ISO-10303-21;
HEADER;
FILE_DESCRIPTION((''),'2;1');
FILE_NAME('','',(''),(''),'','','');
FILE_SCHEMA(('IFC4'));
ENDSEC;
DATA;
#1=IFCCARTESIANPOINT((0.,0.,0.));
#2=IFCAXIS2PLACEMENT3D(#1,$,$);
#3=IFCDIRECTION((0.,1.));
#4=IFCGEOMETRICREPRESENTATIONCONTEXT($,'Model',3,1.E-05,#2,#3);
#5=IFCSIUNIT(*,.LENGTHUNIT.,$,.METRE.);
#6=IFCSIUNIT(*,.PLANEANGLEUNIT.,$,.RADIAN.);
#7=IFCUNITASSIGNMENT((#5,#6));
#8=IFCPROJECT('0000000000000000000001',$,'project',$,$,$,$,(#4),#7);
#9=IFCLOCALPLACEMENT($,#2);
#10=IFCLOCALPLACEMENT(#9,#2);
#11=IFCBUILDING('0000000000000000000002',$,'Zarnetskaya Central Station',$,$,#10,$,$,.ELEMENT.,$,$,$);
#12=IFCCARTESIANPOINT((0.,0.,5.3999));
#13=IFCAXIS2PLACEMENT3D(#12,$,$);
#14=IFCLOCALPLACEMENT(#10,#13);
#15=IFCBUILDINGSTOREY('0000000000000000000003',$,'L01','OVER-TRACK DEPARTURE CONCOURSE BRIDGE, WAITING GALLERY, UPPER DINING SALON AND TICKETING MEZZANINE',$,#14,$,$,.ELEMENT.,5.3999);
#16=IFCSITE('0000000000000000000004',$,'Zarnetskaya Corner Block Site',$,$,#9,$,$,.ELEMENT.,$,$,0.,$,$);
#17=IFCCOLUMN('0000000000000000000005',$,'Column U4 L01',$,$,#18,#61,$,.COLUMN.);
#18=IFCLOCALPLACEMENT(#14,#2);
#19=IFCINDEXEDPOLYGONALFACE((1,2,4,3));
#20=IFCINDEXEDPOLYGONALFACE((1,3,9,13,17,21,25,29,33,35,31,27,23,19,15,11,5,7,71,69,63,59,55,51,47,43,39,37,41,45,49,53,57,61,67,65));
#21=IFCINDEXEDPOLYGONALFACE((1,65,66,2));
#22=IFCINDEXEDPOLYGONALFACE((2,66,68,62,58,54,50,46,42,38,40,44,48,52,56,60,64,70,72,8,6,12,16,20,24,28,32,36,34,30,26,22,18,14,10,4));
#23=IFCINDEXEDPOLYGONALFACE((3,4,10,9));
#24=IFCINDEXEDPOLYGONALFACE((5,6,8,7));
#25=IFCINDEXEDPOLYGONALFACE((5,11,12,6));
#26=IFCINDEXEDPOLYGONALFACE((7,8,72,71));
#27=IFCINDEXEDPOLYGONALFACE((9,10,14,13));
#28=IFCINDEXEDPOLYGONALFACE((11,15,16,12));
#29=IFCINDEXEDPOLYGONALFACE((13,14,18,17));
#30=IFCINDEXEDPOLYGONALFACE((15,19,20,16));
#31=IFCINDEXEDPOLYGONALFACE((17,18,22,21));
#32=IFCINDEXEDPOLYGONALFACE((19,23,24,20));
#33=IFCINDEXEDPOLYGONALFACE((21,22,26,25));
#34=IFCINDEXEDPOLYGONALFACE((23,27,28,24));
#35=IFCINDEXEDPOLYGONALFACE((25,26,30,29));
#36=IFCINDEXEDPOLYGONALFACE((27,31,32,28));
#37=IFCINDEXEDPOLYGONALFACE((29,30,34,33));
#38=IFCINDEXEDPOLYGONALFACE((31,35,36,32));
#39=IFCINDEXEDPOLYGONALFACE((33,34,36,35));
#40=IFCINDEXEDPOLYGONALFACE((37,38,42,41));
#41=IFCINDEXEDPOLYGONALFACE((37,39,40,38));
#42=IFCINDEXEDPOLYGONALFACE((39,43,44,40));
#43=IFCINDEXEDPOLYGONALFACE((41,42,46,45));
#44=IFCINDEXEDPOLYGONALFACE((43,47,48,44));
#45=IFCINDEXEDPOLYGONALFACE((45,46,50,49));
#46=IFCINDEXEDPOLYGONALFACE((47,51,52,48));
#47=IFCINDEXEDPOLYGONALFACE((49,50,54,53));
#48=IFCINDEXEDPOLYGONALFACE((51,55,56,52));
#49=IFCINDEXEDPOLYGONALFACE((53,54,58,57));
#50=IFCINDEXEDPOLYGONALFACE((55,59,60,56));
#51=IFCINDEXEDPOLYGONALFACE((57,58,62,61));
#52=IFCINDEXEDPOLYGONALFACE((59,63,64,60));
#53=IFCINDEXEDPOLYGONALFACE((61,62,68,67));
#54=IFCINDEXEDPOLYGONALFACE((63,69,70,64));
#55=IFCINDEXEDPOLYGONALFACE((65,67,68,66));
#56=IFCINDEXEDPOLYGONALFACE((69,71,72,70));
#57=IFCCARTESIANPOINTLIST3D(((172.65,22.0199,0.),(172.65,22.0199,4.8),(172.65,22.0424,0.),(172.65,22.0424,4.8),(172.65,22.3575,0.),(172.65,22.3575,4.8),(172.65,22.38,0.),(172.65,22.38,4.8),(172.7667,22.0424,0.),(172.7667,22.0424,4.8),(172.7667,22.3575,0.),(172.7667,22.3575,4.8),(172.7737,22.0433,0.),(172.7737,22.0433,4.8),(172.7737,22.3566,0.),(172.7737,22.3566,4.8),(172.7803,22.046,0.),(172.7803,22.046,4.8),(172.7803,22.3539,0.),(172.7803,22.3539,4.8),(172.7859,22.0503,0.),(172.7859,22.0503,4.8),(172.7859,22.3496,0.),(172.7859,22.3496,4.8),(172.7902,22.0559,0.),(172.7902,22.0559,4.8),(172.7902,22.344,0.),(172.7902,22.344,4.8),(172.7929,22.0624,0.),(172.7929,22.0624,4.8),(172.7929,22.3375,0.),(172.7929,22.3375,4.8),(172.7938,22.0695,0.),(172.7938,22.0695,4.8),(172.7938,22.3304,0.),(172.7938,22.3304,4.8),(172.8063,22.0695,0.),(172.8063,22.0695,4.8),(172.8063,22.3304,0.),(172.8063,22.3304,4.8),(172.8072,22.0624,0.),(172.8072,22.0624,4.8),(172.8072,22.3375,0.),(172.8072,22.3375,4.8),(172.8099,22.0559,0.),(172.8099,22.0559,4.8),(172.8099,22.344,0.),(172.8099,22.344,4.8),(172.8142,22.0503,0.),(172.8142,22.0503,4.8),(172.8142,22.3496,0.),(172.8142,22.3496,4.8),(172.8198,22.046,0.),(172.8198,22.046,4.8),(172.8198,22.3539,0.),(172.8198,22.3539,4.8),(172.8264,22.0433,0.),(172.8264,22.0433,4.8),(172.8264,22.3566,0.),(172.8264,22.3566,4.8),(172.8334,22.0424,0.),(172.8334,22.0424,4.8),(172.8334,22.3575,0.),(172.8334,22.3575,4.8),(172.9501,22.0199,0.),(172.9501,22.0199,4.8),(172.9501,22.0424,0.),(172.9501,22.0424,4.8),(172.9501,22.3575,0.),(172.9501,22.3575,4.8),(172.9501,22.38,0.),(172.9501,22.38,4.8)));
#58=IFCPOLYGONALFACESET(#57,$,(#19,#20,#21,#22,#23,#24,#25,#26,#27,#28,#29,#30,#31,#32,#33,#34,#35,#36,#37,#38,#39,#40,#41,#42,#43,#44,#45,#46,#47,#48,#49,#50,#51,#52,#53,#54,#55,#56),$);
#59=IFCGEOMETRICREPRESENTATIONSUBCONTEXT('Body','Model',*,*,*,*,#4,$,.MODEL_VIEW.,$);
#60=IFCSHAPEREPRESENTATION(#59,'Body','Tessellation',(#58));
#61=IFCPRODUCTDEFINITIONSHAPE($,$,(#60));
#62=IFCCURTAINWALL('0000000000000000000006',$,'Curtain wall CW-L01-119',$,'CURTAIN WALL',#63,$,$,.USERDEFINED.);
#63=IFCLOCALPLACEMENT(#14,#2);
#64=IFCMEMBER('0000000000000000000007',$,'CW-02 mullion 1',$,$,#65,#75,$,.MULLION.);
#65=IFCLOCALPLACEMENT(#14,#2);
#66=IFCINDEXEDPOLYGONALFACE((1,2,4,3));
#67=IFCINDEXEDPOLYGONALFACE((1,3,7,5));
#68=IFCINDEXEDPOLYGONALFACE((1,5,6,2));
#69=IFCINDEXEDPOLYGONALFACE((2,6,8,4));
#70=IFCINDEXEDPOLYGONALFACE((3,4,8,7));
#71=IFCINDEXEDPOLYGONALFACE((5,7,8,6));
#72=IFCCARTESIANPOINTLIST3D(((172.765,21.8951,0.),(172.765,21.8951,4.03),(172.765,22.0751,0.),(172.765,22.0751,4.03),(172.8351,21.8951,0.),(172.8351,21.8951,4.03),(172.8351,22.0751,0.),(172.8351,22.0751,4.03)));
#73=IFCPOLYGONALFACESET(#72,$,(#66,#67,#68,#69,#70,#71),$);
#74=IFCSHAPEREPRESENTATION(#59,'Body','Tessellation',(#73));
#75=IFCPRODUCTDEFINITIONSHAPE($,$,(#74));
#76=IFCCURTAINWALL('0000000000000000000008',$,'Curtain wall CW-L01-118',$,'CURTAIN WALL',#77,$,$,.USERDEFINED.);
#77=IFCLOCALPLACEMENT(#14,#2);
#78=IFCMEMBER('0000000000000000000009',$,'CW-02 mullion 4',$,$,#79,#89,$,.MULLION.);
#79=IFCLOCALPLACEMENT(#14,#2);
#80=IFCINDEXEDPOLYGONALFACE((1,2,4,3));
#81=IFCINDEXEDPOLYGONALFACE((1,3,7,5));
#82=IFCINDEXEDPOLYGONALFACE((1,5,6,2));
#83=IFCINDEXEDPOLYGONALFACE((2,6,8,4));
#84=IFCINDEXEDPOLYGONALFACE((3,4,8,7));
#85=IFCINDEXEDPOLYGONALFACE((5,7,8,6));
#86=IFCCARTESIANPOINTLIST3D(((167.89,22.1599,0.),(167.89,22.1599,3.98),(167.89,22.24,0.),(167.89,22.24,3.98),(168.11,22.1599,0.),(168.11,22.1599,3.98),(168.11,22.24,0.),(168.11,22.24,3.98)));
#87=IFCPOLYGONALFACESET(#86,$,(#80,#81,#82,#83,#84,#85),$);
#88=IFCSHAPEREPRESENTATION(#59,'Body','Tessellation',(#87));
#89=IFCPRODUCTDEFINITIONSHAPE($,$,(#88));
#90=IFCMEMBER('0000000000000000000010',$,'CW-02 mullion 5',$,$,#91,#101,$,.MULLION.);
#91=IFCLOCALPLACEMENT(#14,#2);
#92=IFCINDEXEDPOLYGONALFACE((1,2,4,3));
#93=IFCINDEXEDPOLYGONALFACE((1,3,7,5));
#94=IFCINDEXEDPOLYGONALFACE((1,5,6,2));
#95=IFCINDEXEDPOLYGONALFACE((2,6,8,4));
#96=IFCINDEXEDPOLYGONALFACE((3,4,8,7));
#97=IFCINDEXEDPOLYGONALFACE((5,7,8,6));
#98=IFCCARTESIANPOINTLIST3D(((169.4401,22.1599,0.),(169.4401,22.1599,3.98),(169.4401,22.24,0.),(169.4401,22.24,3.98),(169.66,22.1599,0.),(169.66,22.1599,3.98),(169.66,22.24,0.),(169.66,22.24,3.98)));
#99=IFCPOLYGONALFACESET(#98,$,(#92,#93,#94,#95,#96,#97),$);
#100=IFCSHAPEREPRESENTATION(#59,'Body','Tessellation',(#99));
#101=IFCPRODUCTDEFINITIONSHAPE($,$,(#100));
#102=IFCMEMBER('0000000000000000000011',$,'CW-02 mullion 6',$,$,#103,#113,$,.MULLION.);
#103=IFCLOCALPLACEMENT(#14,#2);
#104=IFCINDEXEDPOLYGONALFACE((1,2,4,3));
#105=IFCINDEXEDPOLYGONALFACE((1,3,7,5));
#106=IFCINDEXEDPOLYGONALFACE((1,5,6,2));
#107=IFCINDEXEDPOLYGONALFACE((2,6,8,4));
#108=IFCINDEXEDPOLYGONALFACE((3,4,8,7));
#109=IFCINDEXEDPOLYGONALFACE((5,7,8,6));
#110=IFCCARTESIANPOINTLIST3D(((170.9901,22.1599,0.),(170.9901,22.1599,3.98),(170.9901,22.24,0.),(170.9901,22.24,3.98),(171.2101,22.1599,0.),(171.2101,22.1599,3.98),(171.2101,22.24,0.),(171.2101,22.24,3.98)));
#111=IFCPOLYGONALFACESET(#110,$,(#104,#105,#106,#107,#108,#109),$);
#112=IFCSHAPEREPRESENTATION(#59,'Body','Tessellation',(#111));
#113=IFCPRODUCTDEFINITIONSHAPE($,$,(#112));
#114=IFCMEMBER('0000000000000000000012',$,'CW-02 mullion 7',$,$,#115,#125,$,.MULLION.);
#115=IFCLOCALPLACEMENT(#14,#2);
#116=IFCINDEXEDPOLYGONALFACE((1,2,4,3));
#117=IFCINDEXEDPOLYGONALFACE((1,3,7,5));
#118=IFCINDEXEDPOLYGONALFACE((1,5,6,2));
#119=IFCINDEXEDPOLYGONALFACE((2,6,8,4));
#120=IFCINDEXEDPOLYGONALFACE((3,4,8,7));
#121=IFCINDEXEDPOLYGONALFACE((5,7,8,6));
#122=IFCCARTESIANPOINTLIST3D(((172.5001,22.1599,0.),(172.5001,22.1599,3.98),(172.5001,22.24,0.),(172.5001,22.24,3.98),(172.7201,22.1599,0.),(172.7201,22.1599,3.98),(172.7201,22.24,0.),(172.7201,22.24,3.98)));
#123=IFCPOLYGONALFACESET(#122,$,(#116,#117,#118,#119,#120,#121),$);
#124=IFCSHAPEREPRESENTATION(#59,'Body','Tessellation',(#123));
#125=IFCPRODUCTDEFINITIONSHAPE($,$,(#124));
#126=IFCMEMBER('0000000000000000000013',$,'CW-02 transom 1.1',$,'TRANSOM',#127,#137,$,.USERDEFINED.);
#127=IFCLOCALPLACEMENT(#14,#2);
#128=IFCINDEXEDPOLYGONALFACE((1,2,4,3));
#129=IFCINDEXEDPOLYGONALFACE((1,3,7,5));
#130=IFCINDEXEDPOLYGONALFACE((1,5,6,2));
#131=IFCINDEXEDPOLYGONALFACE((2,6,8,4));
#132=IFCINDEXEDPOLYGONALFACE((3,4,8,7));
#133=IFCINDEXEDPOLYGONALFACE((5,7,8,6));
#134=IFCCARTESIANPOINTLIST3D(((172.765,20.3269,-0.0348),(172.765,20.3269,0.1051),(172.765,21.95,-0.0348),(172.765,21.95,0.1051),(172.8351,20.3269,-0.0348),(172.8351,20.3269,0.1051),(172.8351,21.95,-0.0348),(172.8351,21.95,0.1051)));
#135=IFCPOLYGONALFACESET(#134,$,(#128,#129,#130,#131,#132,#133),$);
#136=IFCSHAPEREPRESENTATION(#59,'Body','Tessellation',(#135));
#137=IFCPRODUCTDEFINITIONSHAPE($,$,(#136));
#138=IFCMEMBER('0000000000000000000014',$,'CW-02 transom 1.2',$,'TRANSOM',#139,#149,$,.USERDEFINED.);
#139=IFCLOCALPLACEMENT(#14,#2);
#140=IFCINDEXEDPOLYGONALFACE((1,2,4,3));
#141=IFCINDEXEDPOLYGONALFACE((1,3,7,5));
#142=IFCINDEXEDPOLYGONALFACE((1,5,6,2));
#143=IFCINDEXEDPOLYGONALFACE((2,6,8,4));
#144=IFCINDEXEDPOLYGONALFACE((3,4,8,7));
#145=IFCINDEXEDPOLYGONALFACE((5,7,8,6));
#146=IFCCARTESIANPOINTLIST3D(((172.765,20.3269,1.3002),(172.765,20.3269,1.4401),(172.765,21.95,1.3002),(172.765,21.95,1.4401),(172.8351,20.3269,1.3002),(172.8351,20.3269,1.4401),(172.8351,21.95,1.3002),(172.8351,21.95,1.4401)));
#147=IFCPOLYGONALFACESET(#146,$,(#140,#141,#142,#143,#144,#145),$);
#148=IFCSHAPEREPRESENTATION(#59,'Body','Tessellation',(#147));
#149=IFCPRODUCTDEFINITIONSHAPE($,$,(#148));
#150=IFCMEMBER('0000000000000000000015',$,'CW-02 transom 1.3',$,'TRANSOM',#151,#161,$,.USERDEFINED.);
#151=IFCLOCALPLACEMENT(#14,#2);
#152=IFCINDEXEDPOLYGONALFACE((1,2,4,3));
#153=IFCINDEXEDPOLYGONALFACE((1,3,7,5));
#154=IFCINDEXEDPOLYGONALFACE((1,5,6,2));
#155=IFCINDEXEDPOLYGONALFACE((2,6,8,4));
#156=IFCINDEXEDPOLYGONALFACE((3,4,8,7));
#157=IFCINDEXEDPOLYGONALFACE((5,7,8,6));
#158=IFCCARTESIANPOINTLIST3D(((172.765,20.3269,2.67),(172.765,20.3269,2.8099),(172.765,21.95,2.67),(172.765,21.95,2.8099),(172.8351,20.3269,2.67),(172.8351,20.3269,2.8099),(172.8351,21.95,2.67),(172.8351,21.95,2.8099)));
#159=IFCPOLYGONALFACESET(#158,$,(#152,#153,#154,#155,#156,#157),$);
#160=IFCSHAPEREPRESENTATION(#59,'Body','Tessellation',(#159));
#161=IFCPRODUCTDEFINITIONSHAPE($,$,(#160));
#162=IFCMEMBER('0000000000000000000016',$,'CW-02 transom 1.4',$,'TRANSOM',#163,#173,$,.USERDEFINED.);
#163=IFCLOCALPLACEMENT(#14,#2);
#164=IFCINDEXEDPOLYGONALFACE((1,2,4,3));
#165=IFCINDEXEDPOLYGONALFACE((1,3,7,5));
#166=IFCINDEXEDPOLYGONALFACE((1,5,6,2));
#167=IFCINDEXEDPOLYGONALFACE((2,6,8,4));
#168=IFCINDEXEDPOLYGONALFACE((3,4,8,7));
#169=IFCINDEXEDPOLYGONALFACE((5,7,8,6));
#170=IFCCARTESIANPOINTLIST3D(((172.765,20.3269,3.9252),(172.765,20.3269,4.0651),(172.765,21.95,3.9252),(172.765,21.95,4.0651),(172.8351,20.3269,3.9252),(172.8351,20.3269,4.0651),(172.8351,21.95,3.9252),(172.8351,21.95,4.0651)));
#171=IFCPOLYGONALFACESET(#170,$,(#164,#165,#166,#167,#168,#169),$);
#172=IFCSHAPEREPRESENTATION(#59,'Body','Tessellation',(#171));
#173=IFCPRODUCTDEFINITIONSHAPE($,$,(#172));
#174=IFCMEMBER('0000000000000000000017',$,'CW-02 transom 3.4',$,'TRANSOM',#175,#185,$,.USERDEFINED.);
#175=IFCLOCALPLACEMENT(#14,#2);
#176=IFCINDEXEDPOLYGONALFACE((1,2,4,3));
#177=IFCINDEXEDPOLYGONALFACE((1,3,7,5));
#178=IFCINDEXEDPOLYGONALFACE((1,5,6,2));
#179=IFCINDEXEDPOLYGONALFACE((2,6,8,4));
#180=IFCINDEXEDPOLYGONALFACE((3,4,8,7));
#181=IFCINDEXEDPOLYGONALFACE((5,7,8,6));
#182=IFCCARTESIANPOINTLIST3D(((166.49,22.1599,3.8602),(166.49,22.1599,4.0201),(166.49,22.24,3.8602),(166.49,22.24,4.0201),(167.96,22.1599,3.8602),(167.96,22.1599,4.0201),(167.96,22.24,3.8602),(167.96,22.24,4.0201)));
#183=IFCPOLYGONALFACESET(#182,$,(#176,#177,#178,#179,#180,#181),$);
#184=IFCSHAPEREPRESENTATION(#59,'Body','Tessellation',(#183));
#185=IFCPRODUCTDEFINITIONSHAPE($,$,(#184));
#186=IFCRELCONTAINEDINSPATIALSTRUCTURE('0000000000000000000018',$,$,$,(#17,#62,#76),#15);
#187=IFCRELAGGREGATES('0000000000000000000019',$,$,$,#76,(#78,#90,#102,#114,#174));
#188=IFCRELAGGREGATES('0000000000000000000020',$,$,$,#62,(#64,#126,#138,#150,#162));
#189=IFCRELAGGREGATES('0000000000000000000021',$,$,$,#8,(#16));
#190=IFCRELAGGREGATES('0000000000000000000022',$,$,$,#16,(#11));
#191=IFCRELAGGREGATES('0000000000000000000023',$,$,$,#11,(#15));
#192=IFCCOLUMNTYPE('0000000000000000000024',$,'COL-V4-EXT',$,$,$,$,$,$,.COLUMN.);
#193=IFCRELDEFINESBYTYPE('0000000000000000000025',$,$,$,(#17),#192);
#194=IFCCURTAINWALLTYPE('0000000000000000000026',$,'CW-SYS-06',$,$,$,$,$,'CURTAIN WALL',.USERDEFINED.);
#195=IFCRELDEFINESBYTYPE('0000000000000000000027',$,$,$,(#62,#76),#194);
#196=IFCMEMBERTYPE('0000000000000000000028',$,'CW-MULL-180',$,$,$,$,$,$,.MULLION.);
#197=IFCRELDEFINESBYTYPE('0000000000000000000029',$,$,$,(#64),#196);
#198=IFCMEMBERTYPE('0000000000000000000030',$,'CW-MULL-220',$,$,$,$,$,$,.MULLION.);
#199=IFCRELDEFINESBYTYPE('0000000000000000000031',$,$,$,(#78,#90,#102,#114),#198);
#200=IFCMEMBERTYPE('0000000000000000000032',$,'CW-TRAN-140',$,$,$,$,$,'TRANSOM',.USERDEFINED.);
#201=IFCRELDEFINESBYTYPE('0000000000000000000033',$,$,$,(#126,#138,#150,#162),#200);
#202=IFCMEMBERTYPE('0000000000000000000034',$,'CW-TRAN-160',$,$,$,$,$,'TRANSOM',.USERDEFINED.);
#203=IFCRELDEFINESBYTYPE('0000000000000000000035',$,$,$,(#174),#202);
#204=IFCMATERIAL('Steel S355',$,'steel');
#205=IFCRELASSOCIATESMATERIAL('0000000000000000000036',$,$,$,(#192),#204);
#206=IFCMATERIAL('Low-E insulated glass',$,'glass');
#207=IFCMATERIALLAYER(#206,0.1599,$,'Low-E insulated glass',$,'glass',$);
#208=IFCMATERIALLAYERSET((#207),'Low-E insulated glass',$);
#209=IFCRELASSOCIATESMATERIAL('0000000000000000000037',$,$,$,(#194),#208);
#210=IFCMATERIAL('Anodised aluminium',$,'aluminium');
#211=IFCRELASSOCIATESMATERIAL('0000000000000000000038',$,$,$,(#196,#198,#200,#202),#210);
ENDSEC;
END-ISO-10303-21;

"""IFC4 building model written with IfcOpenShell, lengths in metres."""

from ifc_helpers import new_model, si_unit, direction, frame, origin, origin_2d, place, context, subcontext, project, spatial, rectangle, i_section, extrude, material, layer, layer_set, material_profile, profile_set, type_object, element, aggregate, save


model = new_model("IFC4")

# Units and contexts
model_context = context("Model", 3, precision=1e-05, world=origin(), true_north=direction((0.0, 1.0)))
body_context = subcontext(model_context, "Body", "Model", "MODEL_VIEW")
ifc_project = project(units=[si_unit("LENGTHUNIT", "METRE"), si_unit("PLANEANGLEUNIT", "RADIAN")], contexts=[model_context])

# Site, building, storey
site_placement = place(None, origin())
site = spatial("IfcSite", under=ifc_project, at=site_placement, Name="Zarnetskaya Corner Block Site", CompositionType="ELEMENT", RefElevation=0.0)
building_placement = place(site_placement, origin())
building = spatial("IfcBuilding", under=site, at=building_placement, Name="Zarnetskaya Central Station", CompositionType="ELEMENT")
storey_placement = place(building_placement, frame((0.0, 0.0, 5.3999)))
storey = spatial("IfcBuildingStorey", under=building, at=storey_placement, Name="L01", Description="OVER-TRACK DEPARTURE CONCOURSE BRIDGE, WAITING GALLERY, UPPER DINING SALON AND TICKETING MEZZANINE", CompositionType="ELEMENT", Elevation=5.3999)

# Column
ifc_material_1 = material(Name="Steel S355", Category="steel")
ifc_material_profile_1 = material_profile(ifc_material_1, i_section(OverallWidth=0.3, OverallDepth=0.3601, WebThickness=0.0125, FlangeThickness=0.0225, FilletRadius=0.0271, at=origin_2d()), Name="HEB 360")
ifc_profile_set_1 = profile_set([ifc_material_profile_1], Name="Steel S355")
column_type = type_object("IfcColumnType", Name="COL-V4-EXT", PredefinedType="COLUMN", material=ifc_profile_set_1)
column_placement = place(storey_placement, frame((172.8, 22.2, 0.0), z_axis=(0.0, 0.0, 1.0), x_axis=(1.0, 0.0, 0.0)))
element("IfcColumn", 1, at=column_placement, inside=storey, type_object=column_type, Name="Column U4 L01", PredefinedType="COLUMN", context=body_context, shape_type="SweptSolid", body=[
    extrude(i_section(OverallWidth=0.3, OverallDepth=0.3601, WebThickness=0.0125, FlangeThickness=0.0225, FilletRadius=0.0271, at=origin_2d()), origin(), (0.0, 0.0, 1.0), 4.8),
])

# Curtain wall, member
ifc_material_2 = material(Name="Low-E insulated glass", Category="glass")
ifc_layer_1 = layer(ifc_material_2, 0.1599, Name="Low-E insulated glass", Category="glass")
ifc_layer_set_1 = layer_set([ifc_layer_1], Name="Low-E insulated glass")
curtain_wall_type = type_object("IfcCurtainWallType", Name="CW-SYS-06", ElementType="CURTAIN WALL", PredefinedType="USERDEFINED", material=ifc_layer_set_1)
curtain_wall_1_placement = place(storey_placement, origin())
curtain_wall_1 = element("IfcCurtainWall", 2, at=curtain_wall_1_placement, inside=storey, type_object=curtain_wall_type, Name="Curtain wall CW-L01-119", ObjectType="CURTAIN WALL", PredefinedType="USERDEFINED")
ifc_material_3 = material(Name="Anodised aluminium", Category="aluminium")
ifc_material_profile_2 = material_profile(ifc_material_3, rectangle(XDim=0.0701, YDim=0.1799, at=origin_2d()), Name="ALU MULL 70x180")
ifc_profile_set_2 = profile_set([ifc_material_profile_2], Name="Anodised aluminium")
member_type_1 = type_object("IfcMemberType", Name="CW-MULL-180", PredefinedType="MULLION", material=ifc_profile_set_2)
member_1_placement = place(storey_placement, frame((172.8, 21.9851, 0.0), z_axis=(0.0, 0.0, 1.0), x_axis=(1.0, 0.0, 0.0)))
member_1 = element("IfcMember", 3, at=member_1_placement, type_object=member_type_1, Name="CW-02 mullion 1", PredefinedType="MULLION", context=body_context, shape_type="SweptSolid", body=[
    extrude(rectangle(XDim=0.0701, YDim=0.1799, at=origin_2d()), origin(), (0.0, 0.0, 1.0), 4.03),
])

# Curtain wall, members
curtain_wall_2_placement = place(storey_placement, origin())
curtain_wall_2 = element("IfcCurtainWall", 4, at=curtain_wall_2_placement, inside=storey, type_object=curtain_wall_type, Name="Curtain wall CW-L01-118", ObjectType="CURTAIN WALL", PredefinedType="USERDEFINED")
ifc_material_profile_3 = material_profile(ifc_material_3, rectangle(XDim=0.0801, YDim=0.22, at=origin_2d()), Name="ALU MULL 80x220")
ifc_profile_set_3 = profile_set([ifc_material_profile_3], Name="Anodised aluminium")
member_type_2 = type_object("IfcMemberType", Name="CW-MULL-220", PredefinedType="MULLION", material=ifc_profile_set_3)
member_2_placement = place(storey_placement, frame((168.0, 22.2, 0.0), z_axis=(0.0, 0.0, 1.0), x_axis=(0.0, 1.0, 0.0)))
member_2 = element("IfcMember", 5, at=member_2_placement, type_object=member_type_2, Name="CW-02 mullion 4", PredefinedType="MULLION", context=body_context, shape_type="SweptSolid", body=[
    extrude(rectangle(XDim=0.0801, YDim=0.22, at=origin_2d()), origin(), (0.0, 0.0, 1.0), 3.98),
])
member_3_placement = place(storey_placement, frame((169.55, 22.2, 0.0), z_axis=(0.0, 0.0, 1.0), x_axis=(0.0, 1.0, 0.0)))
member_3 = element("IfcMember", 6, at=member_3_placement, type_object=member_type_2, Name="CW-02 mullion 5", PredefinedType="MULLION", context=body_context, shape_type="SweptSolid", body=[
    extrude(rectangle(XDim=0.0801, YDim=0.22, at=origin_2d()), origin(), (0.0, 0.0, 1.0), 3.98),
])
member_4_placement = place(storey_placement, frame((171.1001, 22.2, 0.0), z_axis=(0.0, 0.0, 1.0), x_axis=(0.0, 1.0, 0.0)))
member_4 = element("IfcMember", 7, at=member_4_placement, type_object=member_type_2, Name="CW-02 mullion 6", PredefinedType="MULLION", context=body_context, shape_type="SweptSolid", body=[
    extrude(rectangle(XDim=0.0801, YDim=0.22, at=origin_2d()), origin(), (0.0, 0.0, 1.0), 3.98),
])
member_5_placement = place(storey_placement, frame((172.6101, 22.2, 0.0), z_axis=(0.0, 0.0, 1.0), x_axis=(0.0, 1.0, 0.0)))
member_5 = element("IfcMember", 8, at=member_5_placement, type_object=member_type_2, Name="CW-02 mullion 7", PredefinedType="MULLION", context=body_context, shape_type="SweptSolid", body=[
    extrude(rectangle(XDim=0.0801, YDim=0.22, at=origin_2d()), origin(), (0.0, 0.0, 1.0), 3.98),
])

# Members
ifc_material_profile_4 = material_profile(ifc_material_3, rectangle(XDim=0.0701, YDim=0.1399, at=origin_2d()), Name="ALU TRAN 70x140")
ifc_profile_set_4 = profile_set([ifc_material_profile_4], Name="Anodised aluminium")
member_type_3 = type_object("IfcMemberType", Name="CW-TRAN-140", ElementType="TRANSOM", PredefinedType="USERDEFINED", material=ifc_profile_set_4)
member_6_placement = place(storey_placement, frame((172.8, 21.95, 0.0352), z_axis=(0.0, -1.0, 0.0), x_axis=(1.0, 0.0, 0.0)))
member_6 = element("IfcMember", 9, at=member_6_placement, type_object=member_type_3, Name="CW-02 transom 1.1", ObjectType="TRANSOM", PredefinedType="USERDEFINED", context=body_context, shape_type="SweptSolid", body=[
    extrude(rectangle(XDim=0.0701, YDim=0.1399, at=origin_2d()), origin(), (0.0, 0.0, 1.0), 1.623),
])
member_7_placement = place(storey_placement, frame((172.8, 21.95, 1.3701), z_axis=(0.0, -1.0, 0.0), x_axis=(1.0, 0.0, 0.0)))
member_7 = element("IfcMember", 10, at=member_7_placement, type_object=member_type_3, Name="CW-02 transom 1.2", ObjectType="TRANSOM", PredefinedType="USERDEFINED", context=body_context, shape_type="SweptSolid", body=[
    extrude(rectangle(XDim=0.0701, YDim=0.1399, at=origin_2d()), origin(), (0.0, 0.0, 1.0), 1.623),
])
member_8_placement = place(storey_placement, frame((172.8, 21.95, 2.74), z_axis=(0.0, -1.0, 0.0), x_axis=(1.0, 0.0, 0.0)))
member_8 = element("IfcMember", 11, at=member_8_placement, type_object=member_type_3, Name="CW-02 transom 1.3", ObjectType="TRANSOM", PredefinedType="USERDEFINED", context=body_context, shape_type="SweptSolid", body=[
    extrude(rectangle(XDim=0.0701, YDim=0.1399, at=origin_2d()), origin(), (0.0, 0.0, 1.0), 1.623),
])
member_9_placement = place(storey_placement, frame((172.8, 21.95, 3.9951), z_axis=(0.0, -1.0, 0.0), x_axis=(1.0, 0.0, 0.0)))
member_9 = element("IfcMember", 12, at=member_9_placement, type_object=member_type_3, Name="CW-02 transom 1.4", ObjectType="TRANSOM", PredefinedType="USERDEFINED", context=body_context, shape_type="SweptSolid", body=[
    extrude(rectangle(XDim=0.0701, YDim=0.1399, at=origin_2d()), origin(), (0.0, 0.0, 1.0), 1.623),
])
ifc_material_profile_5 = material_profile(ifc_material_3, rectangle(XDim=0.0801, YDim=0.1599, at=origin_2d()), Name="ALU TRAN 80x160")
ifc_profile_set_5 = profile_set([ifc_material_profile_5], Name="Anodised aluminium")
member_type_4 = type_object("IfcMemberType", Name="CW-TRAN-160", ElementType="TRANSOM", PredefinedType="USERDEFINED", material=ifc_profile_set_5)
member_10_placement = place(storey_placement, frame((166.49, 22.2, 3.9402), z_axis=(1.0, 0.0, 0.0), x_axis=(0.0, 1.0, 0.0)))
member_10 = element("IfcMember", 13, at=member_10_placement, type_object=member_type_4, Name="CW-02 transom 3.4", ObjectType="TRANSOM", PredefinedType="USERDEFINED", context=body_context, shape_type="SweptSolid", body=[
    extrude(rectangle(XDim=0.0801, YDim=0.1599, at=origin_2d()), origin(), (0.0, 0.0, 1.0), 1.47),
])

aggregate(curtain_wall_2, [member_2, member_3, member_4, member_5, member_10])
aggregate(curtain_wall_1, [member_1, member_6, member_7, member_8, member_9])

save(model, "model.ifc")
